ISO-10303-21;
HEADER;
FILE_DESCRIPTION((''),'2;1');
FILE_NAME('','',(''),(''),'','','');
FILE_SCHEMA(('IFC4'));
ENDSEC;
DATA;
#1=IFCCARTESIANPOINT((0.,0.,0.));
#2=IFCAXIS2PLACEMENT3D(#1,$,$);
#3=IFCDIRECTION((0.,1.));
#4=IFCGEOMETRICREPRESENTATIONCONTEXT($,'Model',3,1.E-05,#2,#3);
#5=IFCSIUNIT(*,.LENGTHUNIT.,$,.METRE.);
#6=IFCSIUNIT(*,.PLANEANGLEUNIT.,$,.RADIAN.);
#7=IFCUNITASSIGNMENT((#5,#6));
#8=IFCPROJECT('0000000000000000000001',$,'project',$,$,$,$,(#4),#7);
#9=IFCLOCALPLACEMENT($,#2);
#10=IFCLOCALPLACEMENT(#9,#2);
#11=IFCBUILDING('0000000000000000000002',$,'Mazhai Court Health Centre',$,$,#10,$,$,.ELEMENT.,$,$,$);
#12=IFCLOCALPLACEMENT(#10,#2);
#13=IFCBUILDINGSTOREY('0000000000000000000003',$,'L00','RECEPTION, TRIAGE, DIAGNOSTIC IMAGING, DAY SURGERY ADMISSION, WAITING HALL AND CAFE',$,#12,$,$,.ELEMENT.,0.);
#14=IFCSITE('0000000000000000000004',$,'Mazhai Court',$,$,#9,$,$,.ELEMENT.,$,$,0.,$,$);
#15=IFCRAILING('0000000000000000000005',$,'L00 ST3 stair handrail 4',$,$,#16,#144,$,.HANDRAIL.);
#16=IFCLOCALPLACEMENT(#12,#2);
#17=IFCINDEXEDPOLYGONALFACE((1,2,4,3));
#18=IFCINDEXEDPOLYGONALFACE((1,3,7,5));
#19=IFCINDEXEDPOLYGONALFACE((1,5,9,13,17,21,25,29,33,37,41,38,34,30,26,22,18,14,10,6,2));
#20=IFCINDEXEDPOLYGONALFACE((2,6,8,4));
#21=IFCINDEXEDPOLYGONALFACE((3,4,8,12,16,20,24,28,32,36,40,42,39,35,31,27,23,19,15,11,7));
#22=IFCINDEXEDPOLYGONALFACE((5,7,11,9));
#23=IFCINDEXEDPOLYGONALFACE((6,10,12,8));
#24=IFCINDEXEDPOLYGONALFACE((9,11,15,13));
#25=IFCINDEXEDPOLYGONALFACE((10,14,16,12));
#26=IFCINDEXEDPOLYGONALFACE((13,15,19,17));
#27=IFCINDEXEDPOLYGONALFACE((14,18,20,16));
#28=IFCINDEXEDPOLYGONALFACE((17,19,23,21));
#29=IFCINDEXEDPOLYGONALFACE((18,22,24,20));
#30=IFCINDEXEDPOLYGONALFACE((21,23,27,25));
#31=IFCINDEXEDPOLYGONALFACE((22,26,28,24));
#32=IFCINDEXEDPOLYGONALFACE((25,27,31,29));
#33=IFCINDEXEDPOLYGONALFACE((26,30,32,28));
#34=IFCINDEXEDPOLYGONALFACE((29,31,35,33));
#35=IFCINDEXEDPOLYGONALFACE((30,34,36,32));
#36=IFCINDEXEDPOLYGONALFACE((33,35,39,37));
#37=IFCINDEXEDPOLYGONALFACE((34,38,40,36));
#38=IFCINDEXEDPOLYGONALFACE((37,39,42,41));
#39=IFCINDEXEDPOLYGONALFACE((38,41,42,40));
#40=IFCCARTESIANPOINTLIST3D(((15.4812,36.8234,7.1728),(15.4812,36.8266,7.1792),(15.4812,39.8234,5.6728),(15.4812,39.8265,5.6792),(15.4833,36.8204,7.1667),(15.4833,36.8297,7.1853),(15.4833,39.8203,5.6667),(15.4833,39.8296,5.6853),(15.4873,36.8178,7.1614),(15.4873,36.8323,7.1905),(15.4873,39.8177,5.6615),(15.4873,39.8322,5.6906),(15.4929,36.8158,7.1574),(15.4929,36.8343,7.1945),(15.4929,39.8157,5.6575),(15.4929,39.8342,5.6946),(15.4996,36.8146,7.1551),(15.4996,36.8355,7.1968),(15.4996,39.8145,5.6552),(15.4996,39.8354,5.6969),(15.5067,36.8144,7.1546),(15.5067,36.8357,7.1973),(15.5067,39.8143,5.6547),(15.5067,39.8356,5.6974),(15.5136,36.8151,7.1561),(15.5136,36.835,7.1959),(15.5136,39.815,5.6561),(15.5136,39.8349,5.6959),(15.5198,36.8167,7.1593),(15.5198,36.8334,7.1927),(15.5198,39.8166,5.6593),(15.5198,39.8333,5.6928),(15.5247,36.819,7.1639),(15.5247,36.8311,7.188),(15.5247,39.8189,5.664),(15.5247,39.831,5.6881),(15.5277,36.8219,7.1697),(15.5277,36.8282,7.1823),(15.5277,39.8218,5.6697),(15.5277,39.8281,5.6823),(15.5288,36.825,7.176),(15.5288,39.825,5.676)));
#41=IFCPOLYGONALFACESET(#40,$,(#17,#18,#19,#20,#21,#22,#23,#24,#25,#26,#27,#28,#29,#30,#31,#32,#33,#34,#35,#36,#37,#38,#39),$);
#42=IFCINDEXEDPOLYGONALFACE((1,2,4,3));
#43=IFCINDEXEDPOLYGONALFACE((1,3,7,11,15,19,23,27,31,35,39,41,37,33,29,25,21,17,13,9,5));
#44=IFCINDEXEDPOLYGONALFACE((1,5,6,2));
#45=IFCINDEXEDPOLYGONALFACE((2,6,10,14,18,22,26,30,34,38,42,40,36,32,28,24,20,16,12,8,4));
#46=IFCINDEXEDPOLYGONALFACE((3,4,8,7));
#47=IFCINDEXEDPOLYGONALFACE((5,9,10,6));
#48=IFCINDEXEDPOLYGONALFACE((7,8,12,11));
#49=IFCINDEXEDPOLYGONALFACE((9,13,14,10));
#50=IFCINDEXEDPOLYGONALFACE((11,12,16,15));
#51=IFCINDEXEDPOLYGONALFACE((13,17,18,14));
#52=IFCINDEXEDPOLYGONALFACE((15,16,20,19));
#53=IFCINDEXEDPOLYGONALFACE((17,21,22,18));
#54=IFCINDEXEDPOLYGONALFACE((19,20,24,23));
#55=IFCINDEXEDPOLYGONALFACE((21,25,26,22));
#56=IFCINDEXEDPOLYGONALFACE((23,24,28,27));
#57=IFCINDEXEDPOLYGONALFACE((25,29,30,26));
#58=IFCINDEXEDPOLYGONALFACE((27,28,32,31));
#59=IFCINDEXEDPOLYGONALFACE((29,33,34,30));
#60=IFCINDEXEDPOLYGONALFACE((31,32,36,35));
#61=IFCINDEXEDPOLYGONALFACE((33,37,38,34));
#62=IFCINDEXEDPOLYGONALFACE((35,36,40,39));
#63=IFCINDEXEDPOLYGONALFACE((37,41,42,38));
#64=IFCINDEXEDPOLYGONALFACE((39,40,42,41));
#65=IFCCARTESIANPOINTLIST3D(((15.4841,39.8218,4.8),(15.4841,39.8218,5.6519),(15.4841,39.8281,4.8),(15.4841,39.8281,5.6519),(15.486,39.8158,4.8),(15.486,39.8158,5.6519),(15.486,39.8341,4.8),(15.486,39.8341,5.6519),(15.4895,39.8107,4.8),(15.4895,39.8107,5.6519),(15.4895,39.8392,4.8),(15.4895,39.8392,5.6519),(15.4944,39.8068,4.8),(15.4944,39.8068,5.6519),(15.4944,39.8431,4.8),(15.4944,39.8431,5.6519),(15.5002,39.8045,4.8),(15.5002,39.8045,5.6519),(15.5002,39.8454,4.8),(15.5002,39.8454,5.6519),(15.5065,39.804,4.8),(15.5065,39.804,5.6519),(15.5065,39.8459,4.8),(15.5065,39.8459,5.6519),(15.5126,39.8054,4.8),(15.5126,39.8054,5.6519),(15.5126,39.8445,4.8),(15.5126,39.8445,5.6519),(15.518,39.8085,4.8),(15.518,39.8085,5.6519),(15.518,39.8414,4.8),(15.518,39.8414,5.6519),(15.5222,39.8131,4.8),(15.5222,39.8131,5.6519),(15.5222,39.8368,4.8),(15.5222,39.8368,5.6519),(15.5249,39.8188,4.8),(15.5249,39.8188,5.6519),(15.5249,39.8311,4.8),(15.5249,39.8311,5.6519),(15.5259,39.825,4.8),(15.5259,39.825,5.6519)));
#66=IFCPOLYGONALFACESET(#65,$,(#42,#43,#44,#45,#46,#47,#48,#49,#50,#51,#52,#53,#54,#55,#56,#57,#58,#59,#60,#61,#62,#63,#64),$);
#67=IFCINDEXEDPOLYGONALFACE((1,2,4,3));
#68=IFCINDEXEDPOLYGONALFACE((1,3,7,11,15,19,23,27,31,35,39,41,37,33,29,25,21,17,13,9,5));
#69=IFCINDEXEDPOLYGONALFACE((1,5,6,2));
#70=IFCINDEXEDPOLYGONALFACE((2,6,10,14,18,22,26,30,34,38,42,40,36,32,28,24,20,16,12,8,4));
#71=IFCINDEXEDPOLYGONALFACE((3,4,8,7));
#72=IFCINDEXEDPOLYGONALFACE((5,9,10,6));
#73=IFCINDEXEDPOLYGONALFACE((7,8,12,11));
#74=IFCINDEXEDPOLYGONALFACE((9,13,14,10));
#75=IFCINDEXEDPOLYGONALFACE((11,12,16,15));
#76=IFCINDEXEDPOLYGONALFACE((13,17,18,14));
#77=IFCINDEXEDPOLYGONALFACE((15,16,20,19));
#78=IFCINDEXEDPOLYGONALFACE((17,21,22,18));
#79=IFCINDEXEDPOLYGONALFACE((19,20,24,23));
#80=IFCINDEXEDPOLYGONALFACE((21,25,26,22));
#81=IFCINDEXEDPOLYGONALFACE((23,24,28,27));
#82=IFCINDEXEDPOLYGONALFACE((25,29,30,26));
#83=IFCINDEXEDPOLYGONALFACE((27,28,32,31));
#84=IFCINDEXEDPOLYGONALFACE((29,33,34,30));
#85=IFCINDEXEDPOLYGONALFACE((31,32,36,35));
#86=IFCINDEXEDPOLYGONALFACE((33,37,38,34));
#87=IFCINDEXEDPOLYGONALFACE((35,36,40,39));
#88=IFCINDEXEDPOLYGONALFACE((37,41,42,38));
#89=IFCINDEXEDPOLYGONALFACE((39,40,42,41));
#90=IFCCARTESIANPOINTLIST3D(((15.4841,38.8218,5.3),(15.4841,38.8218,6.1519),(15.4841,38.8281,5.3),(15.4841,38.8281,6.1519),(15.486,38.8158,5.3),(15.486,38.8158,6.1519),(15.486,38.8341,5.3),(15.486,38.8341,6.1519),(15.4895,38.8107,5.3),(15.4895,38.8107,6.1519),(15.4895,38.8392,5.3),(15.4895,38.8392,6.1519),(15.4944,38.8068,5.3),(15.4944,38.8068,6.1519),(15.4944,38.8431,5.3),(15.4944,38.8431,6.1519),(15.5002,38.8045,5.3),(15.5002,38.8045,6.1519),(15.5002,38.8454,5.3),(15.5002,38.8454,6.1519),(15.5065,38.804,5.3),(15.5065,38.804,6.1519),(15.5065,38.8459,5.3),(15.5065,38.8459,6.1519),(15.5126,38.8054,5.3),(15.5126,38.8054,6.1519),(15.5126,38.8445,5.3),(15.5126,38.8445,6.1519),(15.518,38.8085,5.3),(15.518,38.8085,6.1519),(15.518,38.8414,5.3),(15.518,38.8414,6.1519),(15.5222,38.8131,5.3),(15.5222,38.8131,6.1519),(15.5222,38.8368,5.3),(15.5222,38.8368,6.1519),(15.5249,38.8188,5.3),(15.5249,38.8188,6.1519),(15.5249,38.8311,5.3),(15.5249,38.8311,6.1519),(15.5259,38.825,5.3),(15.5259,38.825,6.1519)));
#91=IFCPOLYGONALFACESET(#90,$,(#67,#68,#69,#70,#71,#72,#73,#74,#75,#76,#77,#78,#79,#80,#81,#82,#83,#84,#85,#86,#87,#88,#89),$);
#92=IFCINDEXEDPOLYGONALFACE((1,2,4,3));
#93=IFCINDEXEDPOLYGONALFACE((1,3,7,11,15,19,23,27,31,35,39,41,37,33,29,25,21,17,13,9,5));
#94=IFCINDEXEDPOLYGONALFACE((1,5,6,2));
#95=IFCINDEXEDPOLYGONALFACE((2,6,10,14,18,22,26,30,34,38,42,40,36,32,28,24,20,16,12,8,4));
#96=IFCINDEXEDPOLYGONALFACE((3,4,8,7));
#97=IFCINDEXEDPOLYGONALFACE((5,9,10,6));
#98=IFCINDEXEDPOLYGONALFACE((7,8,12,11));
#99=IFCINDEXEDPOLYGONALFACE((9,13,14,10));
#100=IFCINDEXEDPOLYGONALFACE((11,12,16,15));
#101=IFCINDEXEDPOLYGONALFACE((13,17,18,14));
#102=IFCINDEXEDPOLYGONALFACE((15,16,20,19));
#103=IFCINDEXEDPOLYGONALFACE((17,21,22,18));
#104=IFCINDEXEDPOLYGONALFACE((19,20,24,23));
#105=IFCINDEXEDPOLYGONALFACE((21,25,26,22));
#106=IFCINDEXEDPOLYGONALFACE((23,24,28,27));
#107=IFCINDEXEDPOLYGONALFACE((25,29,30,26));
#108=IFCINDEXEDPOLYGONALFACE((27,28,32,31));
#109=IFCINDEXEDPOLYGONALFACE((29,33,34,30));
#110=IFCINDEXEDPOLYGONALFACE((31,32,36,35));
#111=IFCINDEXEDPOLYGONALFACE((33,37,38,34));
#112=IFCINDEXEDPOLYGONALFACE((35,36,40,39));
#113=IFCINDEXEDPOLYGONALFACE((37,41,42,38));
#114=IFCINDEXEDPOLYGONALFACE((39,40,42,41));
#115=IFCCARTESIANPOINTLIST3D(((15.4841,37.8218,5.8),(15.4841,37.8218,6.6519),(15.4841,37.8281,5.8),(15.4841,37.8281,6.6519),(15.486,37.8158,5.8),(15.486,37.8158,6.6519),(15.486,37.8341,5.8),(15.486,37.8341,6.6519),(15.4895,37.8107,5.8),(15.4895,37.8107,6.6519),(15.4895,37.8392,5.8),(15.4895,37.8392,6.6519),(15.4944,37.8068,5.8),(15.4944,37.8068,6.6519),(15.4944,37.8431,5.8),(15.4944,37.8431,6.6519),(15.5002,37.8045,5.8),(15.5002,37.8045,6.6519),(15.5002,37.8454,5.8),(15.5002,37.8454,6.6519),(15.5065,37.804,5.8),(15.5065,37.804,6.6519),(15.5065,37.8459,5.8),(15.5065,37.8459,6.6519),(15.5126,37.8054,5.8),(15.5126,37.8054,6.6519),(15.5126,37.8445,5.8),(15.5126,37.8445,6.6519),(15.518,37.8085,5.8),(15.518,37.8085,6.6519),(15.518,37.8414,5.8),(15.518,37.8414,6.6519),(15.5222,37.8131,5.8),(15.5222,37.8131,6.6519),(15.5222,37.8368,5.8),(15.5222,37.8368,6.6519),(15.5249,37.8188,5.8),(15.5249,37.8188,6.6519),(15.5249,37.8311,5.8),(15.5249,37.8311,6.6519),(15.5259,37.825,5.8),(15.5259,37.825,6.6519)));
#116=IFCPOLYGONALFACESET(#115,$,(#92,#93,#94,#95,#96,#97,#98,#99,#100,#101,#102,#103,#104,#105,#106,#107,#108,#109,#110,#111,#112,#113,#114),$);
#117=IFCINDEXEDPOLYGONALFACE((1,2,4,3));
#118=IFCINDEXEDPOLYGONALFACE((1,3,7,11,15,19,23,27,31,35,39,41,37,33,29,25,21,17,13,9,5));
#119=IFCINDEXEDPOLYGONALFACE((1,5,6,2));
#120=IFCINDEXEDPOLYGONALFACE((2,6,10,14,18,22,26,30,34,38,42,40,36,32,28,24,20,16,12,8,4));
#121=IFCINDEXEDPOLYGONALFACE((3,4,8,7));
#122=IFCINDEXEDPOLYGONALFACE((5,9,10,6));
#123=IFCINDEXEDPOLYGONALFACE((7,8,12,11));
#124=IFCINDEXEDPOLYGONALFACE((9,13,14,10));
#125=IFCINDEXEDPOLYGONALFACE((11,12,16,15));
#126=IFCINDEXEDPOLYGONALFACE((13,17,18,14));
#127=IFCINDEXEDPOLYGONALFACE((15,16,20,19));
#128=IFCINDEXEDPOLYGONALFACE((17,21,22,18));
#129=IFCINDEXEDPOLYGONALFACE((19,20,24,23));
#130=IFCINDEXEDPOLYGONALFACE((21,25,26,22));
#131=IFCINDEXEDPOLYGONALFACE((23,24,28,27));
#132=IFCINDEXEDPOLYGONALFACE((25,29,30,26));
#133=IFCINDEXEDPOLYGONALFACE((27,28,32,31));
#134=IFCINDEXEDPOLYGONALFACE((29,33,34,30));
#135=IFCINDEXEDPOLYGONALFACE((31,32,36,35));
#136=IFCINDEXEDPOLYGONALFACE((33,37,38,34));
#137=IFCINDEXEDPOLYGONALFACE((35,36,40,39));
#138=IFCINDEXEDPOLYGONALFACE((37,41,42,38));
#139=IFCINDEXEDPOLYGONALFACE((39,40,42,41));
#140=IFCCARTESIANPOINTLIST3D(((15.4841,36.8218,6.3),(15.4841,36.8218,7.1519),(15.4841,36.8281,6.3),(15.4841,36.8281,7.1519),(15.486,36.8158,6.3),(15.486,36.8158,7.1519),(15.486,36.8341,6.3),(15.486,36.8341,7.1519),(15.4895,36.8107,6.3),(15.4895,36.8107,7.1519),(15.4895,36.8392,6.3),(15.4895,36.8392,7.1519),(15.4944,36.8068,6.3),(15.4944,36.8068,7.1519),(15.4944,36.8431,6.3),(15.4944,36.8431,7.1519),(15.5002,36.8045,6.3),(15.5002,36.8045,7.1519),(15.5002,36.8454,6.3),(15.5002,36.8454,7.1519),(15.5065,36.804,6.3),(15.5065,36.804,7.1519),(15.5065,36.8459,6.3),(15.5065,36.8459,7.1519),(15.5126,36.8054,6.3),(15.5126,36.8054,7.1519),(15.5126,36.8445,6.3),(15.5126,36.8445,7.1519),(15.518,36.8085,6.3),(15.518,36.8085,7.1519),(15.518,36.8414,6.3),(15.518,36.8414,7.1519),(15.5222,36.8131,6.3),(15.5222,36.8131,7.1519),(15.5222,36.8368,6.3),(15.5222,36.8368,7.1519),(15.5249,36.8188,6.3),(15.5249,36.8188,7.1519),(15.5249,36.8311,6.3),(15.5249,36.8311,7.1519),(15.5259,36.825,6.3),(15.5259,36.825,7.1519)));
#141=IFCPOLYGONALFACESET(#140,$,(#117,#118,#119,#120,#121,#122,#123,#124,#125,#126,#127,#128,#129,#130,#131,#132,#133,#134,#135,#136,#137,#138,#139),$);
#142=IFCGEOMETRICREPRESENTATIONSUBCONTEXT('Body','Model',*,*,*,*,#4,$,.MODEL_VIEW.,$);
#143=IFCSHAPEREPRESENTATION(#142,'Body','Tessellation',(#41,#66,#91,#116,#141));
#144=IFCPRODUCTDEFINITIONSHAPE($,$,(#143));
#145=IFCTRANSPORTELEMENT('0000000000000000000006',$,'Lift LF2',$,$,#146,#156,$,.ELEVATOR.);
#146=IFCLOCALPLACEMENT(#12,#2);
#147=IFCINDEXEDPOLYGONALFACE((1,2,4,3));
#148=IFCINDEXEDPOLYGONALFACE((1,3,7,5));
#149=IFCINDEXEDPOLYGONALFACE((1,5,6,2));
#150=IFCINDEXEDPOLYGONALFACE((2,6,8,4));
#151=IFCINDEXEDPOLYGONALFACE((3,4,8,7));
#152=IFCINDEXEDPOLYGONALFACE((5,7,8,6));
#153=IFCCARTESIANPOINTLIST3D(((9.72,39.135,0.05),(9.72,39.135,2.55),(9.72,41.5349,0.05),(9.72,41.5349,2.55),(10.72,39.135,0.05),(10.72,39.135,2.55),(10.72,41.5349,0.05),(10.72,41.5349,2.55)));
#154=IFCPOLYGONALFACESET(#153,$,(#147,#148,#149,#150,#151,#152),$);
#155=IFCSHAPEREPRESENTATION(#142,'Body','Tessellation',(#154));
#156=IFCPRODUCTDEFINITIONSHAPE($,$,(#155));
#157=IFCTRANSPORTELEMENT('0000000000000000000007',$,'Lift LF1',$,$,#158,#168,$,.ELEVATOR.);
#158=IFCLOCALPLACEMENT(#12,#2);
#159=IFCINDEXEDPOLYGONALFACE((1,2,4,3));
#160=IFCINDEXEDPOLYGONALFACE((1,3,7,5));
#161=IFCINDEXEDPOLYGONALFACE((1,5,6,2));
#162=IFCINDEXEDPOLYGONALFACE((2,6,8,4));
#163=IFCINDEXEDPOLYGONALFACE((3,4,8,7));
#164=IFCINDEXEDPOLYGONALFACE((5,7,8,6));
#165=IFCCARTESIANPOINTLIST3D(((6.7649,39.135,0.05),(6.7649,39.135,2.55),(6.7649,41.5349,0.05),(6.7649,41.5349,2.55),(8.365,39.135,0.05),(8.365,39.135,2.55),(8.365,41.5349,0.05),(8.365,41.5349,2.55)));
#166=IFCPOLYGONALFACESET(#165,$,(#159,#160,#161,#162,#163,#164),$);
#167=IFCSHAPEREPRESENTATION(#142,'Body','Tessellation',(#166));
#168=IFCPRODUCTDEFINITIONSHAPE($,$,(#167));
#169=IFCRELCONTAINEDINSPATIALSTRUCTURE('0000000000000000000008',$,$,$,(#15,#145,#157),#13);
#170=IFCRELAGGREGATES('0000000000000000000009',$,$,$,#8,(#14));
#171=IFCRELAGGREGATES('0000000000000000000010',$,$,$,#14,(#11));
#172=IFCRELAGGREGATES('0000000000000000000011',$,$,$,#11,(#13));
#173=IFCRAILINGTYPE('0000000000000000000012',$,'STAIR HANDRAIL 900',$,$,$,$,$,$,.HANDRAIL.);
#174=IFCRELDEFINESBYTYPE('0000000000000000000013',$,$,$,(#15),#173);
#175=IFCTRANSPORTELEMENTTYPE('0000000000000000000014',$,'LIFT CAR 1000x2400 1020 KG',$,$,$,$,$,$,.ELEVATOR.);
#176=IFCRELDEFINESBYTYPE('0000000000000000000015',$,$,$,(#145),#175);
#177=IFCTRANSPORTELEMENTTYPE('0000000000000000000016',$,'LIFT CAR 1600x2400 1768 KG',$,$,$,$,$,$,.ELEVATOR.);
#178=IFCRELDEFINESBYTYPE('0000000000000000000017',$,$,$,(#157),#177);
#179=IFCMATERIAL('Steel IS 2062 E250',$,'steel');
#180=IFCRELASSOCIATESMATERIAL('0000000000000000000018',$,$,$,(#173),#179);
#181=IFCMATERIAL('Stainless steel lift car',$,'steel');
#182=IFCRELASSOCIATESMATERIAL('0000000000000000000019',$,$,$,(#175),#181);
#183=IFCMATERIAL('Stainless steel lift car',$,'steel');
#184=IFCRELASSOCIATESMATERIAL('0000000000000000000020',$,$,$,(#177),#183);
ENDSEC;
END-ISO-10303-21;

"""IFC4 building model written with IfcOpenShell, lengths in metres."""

from ifc_helpers import new_model, si_unit, direction, frame, origin, origin_2d, place, context, subcontext, project, spatial, rectangle, circle, extrude, material, type_object, element, save


model = new_model("IFC4")

# Units and contexts
model_context = context("Model", 3, precision=1e-05, world=origin(), true_north=direction((0.0, 1.0)))
body_context = subcontext(model_context, "Body", "Model", "MODEL_VIEW")
ifc_project = project(units=[si_unit("LENGTHUNIT", "METRE"), si_unit("PLANEANGLEUNIT", "RADIAN")], contexts=[model_context])

# Site, building, storey
site_placement = place(None, origin())
site = spatial("IfcSite", under=ifc_project, at=site_placement, Name="Mazhai Court", CompositionType="ELEMENT", RefElevation=0.0)
building_placement = place(site_placement, origin())
building = spatial("IfcBuilding", under=site, at=building_placement, Name="Mazhai Court Health Centre", CompositionType="ELEMENT")
storey_placement = place(building_placement, origin())
storey = spatial("IfcBuildingStorey", under=building, at=storey_placement, Name="L00", Description="RECEPTION, TRIAGE, DIAGNOSTIC IMAGING, DAY SURGERY ADMISSION, WAITING HALL AND CAFE", CompositionType="ELEMENT", Elevation=0.0)

# Railing
ifc_material_1 = material(Name="Steel IS 2062 E250", Category="steel")
railing_type_1 = type_object("IfcRailingType", Name="STAIR HANDRAIL 900", PredefinedType="HANDRAIL", material=ifc_material_1)
railing_1_placement = place(storey_placement, frame((15.5049, 39.825, 4.8)))
element("IfcRailing", 1, at=railing_1_placement, inside=storey, type_object=railing_type_1, Name="L00 ST3 stair handrail 4", PredefinedType="HANDRAIL", context=body_context, shape_type="SweptSolid", body=[
    extrude(circle(Radius=0.0239, at=origin_2d()), frame((0.0, 0.0, 0.876), z_axis=(0.0, -0.894427, 0.447214), x_axis=(1.0, 0.0, 0.0)), (0.0, 0.0, 1.0), 3.354),
    extrude(circle(Radius=0.021, at=origin_2d()), origin(), (0.0, 0.0, 1.0), 0.8518),
    extrude(circle(Radius=0.021, at=origin_2d()), frame((0.0, -1.0, 0.5)), (0.0, 0.0, 1.0), 0.8518),
    extrude(circle(Radius=0.021, at=origin_2d()), frame((0.0, -2.0, 1.0)), (0.0, 0.0, 1.0), 0.8518),
    extrude(circle(Radius=0.021, at=origin_2d()), frame((0.0, -3.0, 1.5)), (0.0, 0.0, 1.0), 0.8518),
])

# Transport elements
ifc_material_2 = material(Name="Stainless steel lift car", Category="steel")
transport_element_type_1 = type_object("IfcTransportElementType", Name="LIFT CAR 1000x2400 1020 KG", PredefinedType="ELEVATOR", material=ifc_material_2)
transport_element_1_placement = place(storey_placement, frame((10.22, 40.335, 0.05), z_axis=(0.0, 0.0, 1.0), x_axis=(1.0, 0.0, 0.0)))
element("IfcTransportElement", 2, at=transport_element_1_placement, inside=storey, type_object=transport_element_type_1, Name="Lift LF2", PredefinedType="ELEVATOR", context=body_context, shape_type="SweptSolid", body=[
    extrude(rectangle(XDim=1.0, YDim=2.3999, at=origin_2d()), origin(), (0.0, 0.0, 1.0), 2.5),
])
ifc_material_3 = material(Name="Stainless steel lift car", Category="steel")
transport_element_type_2 = type_object("IfcTransportElementType", Name="LIFT CAR 1600x2400 1768 KG", PredefinedType="ELEVATOR", material=ifc_material_3)
transport_element_2_placement = place(storey_placement, frame((7.5649, 40.335, 0.05), z_axis=(0.0, 0.0, 1.0), x_axis=(1.0, 0.0, 0.0)))
element("IfcTransportElement", 3, at=transport_element_2_placement, inside=storey, type_object=transport_element_type_2, Name="Lift LF1", PredefinedType="ELEVATOR", context=body_context, shape_type="SweptSolid", body=[
    extrude(rectangle(XDim=1.6001, YDim=2.3999, at=origin_2d()), origin(), (0.0, 0.0, 1.0), 2.5),
])

save(model, "model.ifc")
